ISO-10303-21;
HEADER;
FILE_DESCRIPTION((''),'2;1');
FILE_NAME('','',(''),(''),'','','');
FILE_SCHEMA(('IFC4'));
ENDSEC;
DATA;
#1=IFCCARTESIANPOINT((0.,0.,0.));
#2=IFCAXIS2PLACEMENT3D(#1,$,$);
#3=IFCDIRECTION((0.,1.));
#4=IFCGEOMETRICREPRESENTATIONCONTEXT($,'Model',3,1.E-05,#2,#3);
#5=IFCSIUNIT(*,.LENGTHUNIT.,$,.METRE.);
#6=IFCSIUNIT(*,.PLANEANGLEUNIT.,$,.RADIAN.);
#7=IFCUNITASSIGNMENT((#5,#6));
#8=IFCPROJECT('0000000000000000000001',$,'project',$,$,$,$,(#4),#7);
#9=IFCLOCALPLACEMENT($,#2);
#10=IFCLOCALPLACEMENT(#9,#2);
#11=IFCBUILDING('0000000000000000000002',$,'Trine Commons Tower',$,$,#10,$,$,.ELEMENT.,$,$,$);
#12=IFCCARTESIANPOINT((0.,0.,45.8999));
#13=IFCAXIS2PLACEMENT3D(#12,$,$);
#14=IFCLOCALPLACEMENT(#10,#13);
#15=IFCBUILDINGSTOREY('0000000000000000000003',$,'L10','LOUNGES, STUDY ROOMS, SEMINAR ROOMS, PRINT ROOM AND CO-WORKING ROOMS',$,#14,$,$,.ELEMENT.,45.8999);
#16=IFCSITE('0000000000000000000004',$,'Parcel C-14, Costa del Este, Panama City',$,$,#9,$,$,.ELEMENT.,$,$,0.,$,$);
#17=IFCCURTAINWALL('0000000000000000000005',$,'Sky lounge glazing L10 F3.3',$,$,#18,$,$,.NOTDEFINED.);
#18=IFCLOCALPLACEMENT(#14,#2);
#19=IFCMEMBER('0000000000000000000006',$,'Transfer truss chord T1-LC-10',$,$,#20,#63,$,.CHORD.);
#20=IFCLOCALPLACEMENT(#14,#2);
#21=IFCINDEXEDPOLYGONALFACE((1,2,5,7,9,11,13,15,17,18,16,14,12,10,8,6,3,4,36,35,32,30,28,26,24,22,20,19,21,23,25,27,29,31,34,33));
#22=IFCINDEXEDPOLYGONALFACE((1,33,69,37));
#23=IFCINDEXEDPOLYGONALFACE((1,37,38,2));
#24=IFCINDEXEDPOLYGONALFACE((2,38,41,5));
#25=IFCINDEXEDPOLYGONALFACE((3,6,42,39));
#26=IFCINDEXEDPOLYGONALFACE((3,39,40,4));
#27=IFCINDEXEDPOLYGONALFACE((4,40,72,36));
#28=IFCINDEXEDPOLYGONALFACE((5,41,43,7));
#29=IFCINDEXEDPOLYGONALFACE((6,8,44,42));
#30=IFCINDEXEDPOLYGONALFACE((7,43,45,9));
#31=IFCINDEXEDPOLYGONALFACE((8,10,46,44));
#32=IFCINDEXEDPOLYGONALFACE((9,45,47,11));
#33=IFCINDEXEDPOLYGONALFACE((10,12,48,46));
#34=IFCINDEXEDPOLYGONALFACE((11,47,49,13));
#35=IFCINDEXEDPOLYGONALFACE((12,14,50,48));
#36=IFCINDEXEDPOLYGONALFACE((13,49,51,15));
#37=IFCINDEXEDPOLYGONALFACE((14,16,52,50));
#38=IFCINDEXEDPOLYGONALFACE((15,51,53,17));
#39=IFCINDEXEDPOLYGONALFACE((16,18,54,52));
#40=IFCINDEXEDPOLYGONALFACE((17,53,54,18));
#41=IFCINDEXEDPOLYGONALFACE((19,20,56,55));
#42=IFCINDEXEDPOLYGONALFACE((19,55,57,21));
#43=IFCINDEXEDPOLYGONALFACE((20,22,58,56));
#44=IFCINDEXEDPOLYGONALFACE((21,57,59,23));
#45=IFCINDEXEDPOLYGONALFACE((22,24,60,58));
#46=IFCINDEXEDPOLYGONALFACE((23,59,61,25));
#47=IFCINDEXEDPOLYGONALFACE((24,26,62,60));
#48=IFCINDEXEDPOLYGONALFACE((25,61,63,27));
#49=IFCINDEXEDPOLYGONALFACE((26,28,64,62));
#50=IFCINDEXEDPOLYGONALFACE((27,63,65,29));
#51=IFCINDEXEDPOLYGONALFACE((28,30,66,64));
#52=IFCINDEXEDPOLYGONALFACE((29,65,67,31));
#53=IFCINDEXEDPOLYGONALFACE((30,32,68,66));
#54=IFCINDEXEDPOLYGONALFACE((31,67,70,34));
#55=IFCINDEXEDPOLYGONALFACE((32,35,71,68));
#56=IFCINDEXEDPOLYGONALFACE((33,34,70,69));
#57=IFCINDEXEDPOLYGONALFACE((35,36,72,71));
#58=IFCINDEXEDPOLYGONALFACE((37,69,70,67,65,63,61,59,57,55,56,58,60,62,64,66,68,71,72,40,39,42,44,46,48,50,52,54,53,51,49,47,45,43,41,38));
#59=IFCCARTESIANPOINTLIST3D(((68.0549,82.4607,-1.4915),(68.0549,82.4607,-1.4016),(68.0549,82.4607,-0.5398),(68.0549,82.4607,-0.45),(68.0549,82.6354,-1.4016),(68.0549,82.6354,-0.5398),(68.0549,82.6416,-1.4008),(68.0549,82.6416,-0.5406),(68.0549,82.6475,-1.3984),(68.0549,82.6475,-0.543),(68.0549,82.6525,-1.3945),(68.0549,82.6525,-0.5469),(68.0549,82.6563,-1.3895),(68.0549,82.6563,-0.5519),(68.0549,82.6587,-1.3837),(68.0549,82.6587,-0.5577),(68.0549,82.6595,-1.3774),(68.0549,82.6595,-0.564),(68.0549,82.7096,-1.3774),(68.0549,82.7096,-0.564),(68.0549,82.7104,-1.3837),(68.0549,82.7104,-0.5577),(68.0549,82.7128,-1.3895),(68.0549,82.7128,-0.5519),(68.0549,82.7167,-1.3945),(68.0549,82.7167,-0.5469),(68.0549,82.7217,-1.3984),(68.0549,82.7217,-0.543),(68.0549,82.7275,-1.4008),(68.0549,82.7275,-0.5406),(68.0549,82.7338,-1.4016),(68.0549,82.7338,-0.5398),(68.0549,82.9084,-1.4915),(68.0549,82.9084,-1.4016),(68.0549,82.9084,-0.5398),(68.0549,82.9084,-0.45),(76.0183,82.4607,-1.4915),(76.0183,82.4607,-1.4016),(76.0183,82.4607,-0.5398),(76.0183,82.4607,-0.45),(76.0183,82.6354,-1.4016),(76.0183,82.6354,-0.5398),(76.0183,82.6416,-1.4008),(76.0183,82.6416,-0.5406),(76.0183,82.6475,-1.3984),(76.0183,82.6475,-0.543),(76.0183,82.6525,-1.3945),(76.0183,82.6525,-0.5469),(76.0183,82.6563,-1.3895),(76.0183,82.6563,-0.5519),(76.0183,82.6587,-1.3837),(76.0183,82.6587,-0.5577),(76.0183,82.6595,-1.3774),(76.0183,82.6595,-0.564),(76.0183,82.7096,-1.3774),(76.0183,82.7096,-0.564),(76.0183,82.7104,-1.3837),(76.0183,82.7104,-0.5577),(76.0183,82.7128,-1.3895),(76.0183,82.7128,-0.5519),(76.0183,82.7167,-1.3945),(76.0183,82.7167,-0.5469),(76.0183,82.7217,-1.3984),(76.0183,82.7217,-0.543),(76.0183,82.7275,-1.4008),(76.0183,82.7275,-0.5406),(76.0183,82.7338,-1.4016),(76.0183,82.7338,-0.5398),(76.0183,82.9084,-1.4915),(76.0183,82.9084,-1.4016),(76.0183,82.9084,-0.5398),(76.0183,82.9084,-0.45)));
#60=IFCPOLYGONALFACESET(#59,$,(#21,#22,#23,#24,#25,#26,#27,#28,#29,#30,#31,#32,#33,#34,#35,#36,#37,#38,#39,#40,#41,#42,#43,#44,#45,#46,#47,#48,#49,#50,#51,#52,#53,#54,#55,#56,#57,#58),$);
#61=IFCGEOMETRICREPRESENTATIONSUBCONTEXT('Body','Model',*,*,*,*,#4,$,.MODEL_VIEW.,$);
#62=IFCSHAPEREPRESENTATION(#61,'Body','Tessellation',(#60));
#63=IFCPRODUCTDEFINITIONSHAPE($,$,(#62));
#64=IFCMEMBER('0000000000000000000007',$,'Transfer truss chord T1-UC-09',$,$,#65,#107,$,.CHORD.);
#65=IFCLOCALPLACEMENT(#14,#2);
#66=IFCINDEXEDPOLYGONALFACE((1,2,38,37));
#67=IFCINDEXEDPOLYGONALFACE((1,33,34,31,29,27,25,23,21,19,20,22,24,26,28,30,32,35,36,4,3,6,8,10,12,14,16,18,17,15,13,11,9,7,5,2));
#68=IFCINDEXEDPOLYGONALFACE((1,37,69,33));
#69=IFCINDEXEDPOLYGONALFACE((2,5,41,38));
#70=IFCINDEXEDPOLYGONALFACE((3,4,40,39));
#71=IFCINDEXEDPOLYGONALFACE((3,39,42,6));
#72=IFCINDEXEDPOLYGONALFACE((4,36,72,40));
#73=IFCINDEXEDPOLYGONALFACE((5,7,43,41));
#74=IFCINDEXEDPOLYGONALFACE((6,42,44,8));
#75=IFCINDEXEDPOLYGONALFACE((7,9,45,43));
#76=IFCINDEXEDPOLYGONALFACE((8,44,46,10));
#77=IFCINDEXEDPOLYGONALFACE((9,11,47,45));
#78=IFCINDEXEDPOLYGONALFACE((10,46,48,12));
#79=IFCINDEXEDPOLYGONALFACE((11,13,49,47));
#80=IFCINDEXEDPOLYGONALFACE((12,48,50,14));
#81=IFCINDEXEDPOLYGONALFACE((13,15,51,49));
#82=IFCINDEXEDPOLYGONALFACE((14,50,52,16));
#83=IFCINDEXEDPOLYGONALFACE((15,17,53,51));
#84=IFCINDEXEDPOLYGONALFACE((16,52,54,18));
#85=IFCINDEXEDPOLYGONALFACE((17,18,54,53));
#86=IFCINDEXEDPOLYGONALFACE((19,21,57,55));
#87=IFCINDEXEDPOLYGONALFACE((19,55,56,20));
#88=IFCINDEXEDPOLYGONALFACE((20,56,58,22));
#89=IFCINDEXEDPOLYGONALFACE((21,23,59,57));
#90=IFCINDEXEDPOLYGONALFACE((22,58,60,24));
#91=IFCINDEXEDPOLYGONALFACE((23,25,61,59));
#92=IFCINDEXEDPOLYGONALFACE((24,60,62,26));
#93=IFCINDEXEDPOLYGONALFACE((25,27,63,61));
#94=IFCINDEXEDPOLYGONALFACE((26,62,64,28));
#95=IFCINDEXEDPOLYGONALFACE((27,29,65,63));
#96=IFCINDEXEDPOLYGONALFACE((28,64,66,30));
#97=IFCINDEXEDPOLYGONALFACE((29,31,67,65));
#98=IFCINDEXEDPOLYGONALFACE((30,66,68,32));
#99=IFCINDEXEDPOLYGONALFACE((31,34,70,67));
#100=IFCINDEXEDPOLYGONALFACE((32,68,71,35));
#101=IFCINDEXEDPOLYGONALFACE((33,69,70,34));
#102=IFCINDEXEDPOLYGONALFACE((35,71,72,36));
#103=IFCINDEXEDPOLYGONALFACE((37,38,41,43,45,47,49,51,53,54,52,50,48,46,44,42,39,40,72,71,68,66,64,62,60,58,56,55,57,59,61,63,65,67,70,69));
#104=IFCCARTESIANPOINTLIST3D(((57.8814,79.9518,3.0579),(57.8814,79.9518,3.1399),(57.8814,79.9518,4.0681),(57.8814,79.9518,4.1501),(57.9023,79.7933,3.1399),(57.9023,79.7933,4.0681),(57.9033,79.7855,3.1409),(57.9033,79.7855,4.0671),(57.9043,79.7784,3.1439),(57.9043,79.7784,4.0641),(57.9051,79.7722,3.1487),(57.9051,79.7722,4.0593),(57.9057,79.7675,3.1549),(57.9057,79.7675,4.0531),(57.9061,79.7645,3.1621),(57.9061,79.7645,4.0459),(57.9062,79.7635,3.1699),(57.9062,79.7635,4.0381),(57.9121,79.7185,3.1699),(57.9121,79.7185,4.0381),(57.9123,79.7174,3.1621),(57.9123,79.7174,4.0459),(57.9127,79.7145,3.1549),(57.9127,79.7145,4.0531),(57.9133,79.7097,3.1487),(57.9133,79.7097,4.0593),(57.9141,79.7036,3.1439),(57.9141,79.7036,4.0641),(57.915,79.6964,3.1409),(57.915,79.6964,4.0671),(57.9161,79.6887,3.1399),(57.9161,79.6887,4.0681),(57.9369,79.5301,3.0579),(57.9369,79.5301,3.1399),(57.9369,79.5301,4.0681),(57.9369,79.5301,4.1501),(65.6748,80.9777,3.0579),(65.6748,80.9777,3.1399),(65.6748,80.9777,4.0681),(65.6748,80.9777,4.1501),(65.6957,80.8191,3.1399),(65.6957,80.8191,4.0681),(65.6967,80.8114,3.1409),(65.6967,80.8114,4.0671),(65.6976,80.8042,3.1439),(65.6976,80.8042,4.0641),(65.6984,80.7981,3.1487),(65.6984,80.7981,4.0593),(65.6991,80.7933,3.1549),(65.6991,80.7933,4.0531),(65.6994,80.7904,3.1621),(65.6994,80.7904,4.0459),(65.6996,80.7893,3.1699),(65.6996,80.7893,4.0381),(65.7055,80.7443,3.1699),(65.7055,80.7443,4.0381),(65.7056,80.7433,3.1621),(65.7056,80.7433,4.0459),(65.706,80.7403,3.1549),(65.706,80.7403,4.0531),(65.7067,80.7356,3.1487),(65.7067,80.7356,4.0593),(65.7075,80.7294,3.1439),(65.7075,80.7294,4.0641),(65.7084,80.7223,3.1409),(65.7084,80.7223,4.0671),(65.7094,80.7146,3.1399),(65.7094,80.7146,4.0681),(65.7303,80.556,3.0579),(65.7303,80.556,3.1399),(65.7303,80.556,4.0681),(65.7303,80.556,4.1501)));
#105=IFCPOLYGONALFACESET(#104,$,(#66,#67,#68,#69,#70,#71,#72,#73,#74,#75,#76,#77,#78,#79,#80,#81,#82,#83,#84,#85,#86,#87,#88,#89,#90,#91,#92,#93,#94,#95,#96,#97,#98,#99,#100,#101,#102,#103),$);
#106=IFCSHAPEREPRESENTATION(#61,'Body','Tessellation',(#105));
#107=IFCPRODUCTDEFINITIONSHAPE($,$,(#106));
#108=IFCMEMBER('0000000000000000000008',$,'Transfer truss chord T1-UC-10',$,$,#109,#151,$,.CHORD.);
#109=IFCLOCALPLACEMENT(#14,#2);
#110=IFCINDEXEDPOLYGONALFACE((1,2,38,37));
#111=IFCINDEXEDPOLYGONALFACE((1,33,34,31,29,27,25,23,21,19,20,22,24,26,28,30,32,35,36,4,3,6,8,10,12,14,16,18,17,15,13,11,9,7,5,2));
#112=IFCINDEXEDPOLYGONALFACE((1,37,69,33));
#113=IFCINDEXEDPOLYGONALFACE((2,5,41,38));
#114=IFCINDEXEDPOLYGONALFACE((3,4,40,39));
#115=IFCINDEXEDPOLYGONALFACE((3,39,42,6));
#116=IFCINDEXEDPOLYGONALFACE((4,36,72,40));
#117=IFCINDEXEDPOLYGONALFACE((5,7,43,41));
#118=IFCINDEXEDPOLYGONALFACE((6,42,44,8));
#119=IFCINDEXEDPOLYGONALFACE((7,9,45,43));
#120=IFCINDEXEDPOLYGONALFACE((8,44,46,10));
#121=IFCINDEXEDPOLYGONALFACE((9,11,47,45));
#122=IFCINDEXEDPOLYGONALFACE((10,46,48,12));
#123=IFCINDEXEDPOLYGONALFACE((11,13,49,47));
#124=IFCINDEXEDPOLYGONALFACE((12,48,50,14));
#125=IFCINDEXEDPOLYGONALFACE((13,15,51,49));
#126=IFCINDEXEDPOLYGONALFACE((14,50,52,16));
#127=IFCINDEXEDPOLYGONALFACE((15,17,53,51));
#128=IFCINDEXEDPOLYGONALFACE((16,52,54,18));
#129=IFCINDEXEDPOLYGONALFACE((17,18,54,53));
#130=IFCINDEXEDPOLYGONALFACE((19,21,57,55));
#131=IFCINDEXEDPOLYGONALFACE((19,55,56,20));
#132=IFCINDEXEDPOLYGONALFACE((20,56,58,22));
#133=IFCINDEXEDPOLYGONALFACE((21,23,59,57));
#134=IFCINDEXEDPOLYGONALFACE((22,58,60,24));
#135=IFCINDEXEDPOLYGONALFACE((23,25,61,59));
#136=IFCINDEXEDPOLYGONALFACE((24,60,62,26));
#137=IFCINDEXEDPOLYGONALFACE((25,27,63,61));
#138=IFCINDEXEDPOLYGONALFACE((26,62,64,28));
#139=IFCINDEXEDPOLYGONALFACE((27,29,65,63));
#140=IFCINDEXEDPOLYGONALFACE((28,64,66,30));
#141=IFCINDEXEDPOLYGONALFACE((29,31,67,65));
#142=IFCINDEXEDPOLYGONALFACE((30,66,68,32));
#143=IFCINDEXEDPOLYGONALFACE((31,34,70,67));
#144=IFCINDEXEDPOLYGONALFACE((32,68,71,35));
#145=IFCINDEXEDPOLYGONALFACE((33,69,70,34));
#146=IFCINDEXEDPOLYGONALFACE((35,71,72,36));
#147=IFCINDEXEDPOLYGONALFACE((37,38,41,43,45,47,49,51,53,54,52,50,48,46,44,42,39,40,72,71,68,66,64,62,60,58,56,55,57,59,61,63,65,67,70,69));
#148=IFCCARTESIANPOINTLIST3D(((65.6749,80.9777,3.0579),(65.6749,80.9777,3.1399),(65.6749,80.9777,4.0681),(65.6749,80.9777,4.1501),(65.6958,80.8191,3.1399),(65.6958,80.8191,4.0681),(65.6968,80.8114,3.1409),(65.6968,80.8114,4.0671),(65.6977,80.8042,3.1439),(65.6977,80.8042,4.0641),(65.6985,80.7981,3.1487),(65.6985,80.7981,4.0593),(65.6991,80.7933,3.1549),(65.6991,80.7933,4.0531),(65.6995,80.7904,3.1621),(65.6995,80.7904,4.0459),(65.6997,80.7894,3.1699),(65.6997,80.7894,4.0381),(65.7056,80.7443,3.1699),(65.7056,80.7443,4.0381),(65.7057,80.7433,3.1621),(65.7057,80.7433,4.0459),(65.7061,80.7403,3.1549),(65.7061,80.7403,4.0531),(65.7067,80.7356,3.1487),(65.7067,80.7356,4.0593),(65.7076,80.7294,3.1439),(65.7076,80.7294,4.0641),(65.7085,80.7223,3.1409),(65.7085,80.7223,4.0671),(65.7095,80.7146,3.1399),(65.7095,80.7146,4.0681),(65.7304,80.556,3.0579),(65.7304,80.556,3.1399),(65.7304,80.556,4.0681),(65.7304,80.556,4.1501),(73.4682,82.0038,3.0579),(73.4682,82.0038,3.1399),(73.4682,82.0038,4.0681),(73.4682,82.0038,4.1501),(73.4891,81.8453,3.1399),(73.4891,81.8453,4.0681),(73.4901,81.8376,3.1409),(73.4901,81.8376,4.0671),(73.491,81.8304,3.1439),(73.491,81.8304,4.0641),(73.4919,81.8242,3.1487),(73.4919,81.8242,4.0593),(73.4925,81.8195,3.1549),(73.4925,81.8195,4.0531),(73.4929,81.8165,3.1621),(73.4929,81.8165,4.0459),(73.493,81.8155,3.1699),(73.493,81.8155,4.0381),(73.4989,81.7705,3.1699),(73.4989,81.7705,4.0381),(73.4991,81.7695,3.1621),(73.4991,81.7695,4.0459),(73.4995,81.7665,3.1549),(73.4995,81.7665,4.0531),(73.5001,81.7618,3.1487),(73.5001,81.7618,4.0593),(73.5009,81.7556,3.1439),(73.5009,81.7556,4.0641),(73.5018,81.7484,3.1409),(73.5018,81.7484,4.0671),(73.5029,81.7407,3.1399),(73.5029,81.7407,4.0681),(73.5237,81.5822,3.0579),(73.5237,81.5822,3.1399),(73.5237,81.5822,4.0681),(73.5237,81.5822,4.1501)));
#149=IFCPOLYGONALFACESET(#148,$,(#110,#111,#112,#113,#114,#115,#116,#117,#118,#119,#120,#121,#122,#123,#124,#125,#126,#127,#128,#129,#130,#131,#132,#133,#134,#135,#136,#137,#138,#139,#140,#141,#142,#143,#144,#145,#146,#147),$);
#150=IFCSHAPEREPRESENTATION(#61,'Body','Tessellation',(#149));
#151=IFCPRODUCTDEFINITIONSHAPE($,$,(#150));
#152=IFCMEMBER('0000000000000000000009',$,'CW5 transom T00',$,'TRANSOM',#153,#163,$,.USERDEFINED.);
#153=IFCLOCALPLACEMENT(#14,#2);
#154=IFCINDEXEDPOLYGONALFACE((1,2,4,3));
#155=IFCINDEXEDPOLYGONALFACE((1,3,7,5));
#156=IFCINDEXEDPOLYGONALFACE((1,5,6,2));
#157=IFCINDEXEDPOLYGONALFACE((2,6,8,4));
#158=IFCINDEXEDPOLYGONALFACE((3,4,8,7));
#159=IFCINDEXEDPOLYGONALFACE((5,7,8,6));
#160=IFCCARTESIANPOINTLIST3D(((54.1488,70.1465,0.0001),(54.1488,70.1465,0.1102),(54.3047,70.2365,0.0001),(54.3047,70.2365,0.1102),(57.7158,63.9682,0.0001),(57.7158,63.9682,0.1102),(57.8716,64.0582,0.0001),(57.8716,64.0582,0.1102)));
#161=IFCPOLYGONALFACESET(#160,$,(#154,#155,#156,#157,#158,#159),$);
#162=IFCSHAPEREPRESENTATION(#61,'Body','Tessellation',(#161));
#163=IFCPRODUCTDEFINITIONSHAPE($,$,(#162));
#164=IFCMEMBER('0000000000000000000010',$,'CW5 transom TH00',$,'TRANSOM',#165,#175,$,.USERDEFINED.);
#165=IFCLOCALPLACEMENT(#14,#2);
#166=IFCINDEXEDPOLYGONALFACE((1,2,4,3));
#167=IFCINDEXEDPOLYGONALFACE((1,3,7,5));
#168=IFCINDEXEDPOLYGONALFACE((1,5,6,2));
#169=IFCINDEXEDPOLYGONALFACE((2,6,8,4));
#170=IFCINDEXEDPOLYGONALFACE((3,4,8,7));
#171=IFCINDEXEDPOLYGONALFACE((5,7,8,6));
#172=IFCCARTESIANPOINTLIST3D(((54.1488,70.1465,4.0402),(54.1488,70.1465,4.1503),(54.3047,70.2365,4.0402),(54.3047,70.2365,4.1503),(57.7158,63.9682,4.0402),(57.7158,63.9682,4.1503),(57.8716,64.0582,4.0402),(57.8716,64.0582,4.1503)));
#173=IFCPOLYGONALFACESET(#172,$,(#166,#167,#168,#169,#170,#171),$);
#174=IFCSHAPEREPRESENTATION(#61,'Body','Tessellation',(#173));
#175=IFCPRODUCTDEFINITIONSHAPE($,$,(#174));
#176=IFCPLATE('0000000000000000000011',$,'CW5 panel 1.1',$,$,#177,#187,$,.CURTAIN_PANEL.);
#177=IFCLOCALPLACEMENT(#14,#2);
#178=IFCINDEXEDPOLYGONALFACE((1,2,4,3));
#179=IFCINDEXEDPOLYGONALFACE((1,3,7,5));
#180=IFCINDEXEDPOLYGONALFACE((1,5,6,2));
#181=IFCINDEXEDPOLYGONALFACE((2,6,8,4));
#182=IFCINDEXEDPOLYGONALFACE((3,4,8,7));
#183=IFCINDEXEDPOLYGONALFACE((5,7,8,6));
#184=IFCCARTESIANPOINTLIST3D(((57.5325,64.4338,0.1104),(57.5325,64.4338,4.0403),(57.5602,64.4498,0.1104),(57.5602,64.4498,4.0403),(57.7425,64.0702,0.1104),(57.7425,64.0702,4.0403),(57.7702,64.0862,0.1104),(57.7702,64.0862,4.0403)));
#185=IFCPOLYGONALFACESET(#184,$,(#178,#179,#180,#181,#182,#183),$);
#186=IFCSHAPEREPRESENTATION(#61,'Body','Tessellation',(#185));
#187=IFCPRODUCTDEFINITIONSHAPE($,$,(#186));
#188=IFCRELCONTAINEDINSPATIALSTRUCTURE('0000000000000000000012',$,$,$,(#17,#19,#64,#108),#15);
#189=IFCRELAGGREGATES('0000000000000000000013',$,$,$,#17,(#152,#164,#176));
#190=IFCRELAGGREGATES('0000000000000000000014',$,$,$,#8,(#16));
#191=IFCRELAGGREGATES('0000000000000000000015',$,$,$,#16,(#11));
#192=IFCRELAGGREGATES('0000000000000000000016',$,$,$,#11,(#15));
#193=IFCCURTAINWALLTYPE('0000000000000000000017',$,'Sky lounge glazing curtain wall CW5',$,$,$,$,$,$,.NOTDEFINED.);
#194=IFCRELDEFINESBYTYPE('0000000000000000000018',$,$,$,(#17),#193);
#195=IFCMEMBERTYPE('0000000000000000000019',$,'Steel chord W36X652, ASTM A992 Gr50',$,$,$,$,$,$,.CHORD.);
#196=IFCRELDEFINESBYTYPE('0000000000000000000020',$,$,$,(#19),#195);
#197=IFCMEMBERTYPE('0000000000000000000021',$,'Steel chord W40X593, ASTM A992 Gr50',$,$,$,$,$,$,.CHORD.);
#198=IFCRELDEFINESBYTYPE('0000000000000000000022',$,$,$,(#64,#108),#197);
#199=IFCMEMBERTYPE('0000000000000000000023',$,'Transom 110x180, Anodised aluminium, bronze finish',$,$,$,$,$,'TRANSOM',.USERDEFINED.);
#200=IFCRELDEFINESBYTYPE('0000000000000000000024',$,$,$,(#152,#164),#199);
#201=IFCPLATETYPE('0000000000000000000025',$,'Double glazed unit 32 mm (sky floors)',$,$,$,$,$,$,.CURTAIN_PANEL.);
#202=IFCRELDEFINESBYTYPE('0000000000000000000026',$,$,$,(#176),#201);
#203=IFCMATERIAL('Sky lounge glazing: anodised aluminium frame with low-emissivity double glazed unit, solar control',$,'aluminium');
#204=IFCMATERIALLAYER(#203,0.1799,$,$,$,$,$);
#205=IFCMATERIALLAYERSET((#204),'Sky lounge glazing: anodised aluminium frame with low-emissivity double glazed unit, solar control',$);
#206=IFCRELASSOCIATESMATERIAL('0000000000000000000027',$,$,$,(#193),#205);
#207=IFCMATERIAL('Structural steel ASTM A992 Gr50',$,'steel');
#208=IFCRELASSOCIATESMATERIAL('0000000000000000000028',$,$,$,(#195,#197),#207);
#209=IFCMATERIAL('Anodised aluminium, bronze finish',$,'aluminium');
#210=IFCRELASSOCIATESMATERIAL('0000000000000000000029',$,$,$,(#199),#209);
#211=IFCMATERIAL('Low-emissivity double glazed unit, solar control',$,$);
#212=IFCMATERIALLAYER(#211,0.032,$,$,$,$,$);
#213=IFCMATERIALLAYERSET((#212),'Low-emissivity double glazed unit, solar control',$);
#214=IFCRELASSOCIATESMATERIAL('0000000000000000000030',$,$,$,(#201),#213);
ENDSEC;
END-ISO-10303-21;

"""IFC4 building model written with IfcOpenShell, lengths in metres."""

from ifc_helpers import new_model, si_unit, direction, frame, origin, origin_2d, place, context, subcontext, project, spatial, rectangle, i_section, extrude, material, layer, layer_set, material_profile, profile_set, type_object, element, aggregate, save


model = new_model("IFC4")

# Units and contexts
model_context = context("Model", 3, precision=1e-05, world=origin(), true_north=direction((0.0, 1.0)))
body_context = subcontext(model_context, "Body", "Model", "MODEL_VIEW")
ifc_project = project(units=[si_unit("LENGTHUNIT", "METRE"), si_unit("PLANEANGLEUNIT", "RADIAN")], contexts=[model_context])

# Site, building, storey
site_placement = place(None, origin())
site = spatial("IfcSite", under=ifc_project, at=site_placement, Name="Parcel C-14, Costa del Este, Panama City", CompositionType="ELEMENT", RefElevation=0.0)
building_placement = place(site_placement, origin())
building = spatial("IfcBuilding", under=site, at=building_placement, Name="Trine Commons Tower", CompositionType="ELEMENT")
storey_placement = place(building_placement, frame((0.0, 0.0, 45.8999)))
storey = spatial("IfcBuildingStorey", under=building, at=storey_placement, Name="L10", Description="LOUNGES, STUDY ROOMS, SEMINAR ROOMS, PRINT ROOM AND CO-WORKING ROOMS", CompositionType="ELEMENT", Elevation=45.8999)

# Curtain wall
ifc_material_1 = material(Name="Sky lounge glazing: anodised aluminium frame with low-emissivity double glazed unit, solar control", Category="aluminium")
ifc_layer_1 = layer(ifc_material_1, 0.1799)
ifc_layer_set_1 = layer_set([ifc_layer_1], Name="Sky lounge glazing: anodised aluminium frame with low-emissivity double glazed unit, solar control")
curtain_wall_type = type_object("IfcCurtainWallType", Name="Sky lounge glazing curtain wall CW5", PredefinedType="NOTDEFINED", material=ifc_layer_set_1)
ifc_material_2 = material(Name="Anodised aluminium, bronze finish", Category="aluminium")
curtain_wall_1_placement = place(storey_placement, origin())
curtain_wall_1 = element("IfcCurtainWall", 1, at=curtain_wall_1_placement, inside=storey, type_object=curtain_wall_type, Name="Sky lounge glazing L10 F3.3", PredefinedType="NOTDEFINED")

# Shared definitions
ifc_material_3 = material(Name="Structural steel ASTM A992 Gr50", Category="steel")

# Members
ifc_material_profile_1 = material_profile(ifc_material_3, i_section(OverallWidth=0.4478, OverallDepth=1.0415, WebThickness=0.05, FlangeThickness=0.0898, FilletRadius=0.0242, at=origin_2d()), Name="W36X652")
ifc_profile_set_1 = profile_set([ifc_material_profile_1], Name="Structural steel ASTM A992 Gr50")
member_type_1 = type_object("IfcMemberType", Name="Steel chord W36X652, ASTM A992 Gr50", PredefinedType="CHORD", material=ifc_profile_set_1)
for number, where, z_axis, x_axis, name in (
    (2, (68.0549, 82.6846, -0.9707), (1.0, 0.0, 0.0), (0.0, 1.0, 0.0), "Transfer truss chord T1-LC-10"),
):
    element("IfcMember", number, at=place(storey_placement, frame(where, z_axis=z_axis, x_axis=x_axis)), inside=storey, type_object=member_type_1, Name=name, PredefinedType="CHORD", context=body_context, shape_type="SweptSolid", body=[
        extrude(i_section(OverallWidth=0.4478, OverallDepth=1.0415, WebThickness=0.05, FlangeThickness=0.0898, FilletRadius=0.0242, at=origin_2d()), origin(), (0.0, 0.0, 1.0), 7.9634),
    ])
ifc_material_profile_2 = material_profile(ifc_material_3, i_section(OverallWidth=0.4253, OverallDepth=1.0923, WebThickness=0.0454, FlangeThickness=0.082, FilletRadius=0.03, at=origin_2d()), Name="W40X593")
ifc_profile_set_2 = profile_set([ifc_material_profile_2], Name="Structural steel ASTM A992 Gr50")
member_type_2 = type_object("IfcMemberType", Name="Steel chord W40X593, ASTM A992 Gr50", PredefinedType="CHORD", material=ifc_profile_set_2)
for number, where, z_axis, x_axis, name in (
    (3, (57.9092, 79.741, 3.604), (0.991447, 0.130508, 0.0), (-0.130508, 0.991447, 0.0), "Transfer truss chord T1-UC-09"),
    (4, (65.7026, 80.7668, 3.604), (0.991443, 0.130542, 0.0), (-0.130542, 0.991443, 0.0), "Transfer truss chord T1-UC-10"),
):
    element("IfcMember", number, at=place(storey_placement, frame(where, z_axis=z_axis, x_axis=x_axis)), inside=storey, type_object=member_type_2, Name=name, PredefinedType="CHORD", context=body_context, shape_type="SweptSolid", body=[
        extrude(i_section(OverallWidth=0.4253, OverallDepth=1.0923, WebThickness=0.0454, FlangeThickness=0.082, FilletRadius=0.03, at=origin_2d()), origin(), (0.0, 0.0, 1.0), 7.8606),
    ])

# Members
ifc_material_profile_3 = material_profile(ifc_material_2, rectangle(XDim=0.1799, YDim=0.1101, at=origin_2d()), Name="Transom 110x180")
ifc_profile_set_3 = profile_set([ifc_material_profile_3], Name="Anodised aluminium, bronze finish")
member_type_3 = type_object("IfcMemberType", Name="Transom 110x180, Anodised aluminium, bronze finish", ElementType="TRANSOM", PredefinedType="USERDEFINED", material=ifc_profile_set_3)
member_1_placement = place(storey_placement, frame((57.7937, 64.0132, 0.0552), z_axis=(-0.499989, 0.866032, 0.0), x_axis=(-0.866032, -0.499989, 0.0)))
member_1 = element("IfcMember", 5, at=member_1_placement, type_object=member_type_3, Name="CW5 transom T00", ObjectType="TRANSOM", PredefinedType="USERDEFINED", context=body_context, shape_type="SweptSolid", body=[
    extrude(rectangle(XDim=0.1799, YDim=0.1101, at=origin_2d()), origin(), (0.0, 0.0, 1.0), 7.134),
])
member_2_placement = place(storey_placement, frame((57.7937, 64.0132, 4.0952), z_axis=(-0.499989, 0.866032, 0.0), x_axis=(-0.866032, -0.499989, 0.0)))
member_2 = element("IfcMember", 6, at=member_2_placement, type_object=member_type_3, Name="CW5 transom TH00", ObjectType="TRANSOM", PredefinedType="USERDEFINED", context=body_context, shape_type="SweptSolid", body=[
    extrude(rectangle(XDim=0.1799, YDim=0.1101, at=origin_2d()), origin(), (0.0, 0.0, 1.0), 7.134),
])

# Plate
ifc_material_4 = material(Name="Low-emissivity double glazed unit, solar control")
ifc_layer_2 = layer(ifc_material_4, 0.032)
ifc_layer_set_2 = layer_set([ifc_layer_2], Name="Low-emissivity double glazed unit, solar control")
plate_type = type_object("IfcPlateType", Name="Double glazed unit 32 mm (sky floors)", PredefinedType="CURTAIN_PANEL", material=ifc_layer_set_2)
plate_placement = place(storey_placement, frame((57.6514, 64.26, 0.1104), z_axis=(0.0, 0.0, 1.0), x_axis=(-0.5, 0.866025, 0.0)))
plate = element("IfcPlate", 7, at=plate_placement, type_object=plate_type, Name="CW5 panel 1.1", PredefinedType="CURTAIN_PANEL", context=body_context, shape_type="SweptSolid", body=[
    extrude(rectangle(XDim=0.4199, YDim=0.032, at=origin_2d()), origin(), (0.0, 0.0, 1.0), 3.9299),
])
aggregate(curtain_wall_1, [member_1, member_2, plate])

save(model, "model.ifc")
